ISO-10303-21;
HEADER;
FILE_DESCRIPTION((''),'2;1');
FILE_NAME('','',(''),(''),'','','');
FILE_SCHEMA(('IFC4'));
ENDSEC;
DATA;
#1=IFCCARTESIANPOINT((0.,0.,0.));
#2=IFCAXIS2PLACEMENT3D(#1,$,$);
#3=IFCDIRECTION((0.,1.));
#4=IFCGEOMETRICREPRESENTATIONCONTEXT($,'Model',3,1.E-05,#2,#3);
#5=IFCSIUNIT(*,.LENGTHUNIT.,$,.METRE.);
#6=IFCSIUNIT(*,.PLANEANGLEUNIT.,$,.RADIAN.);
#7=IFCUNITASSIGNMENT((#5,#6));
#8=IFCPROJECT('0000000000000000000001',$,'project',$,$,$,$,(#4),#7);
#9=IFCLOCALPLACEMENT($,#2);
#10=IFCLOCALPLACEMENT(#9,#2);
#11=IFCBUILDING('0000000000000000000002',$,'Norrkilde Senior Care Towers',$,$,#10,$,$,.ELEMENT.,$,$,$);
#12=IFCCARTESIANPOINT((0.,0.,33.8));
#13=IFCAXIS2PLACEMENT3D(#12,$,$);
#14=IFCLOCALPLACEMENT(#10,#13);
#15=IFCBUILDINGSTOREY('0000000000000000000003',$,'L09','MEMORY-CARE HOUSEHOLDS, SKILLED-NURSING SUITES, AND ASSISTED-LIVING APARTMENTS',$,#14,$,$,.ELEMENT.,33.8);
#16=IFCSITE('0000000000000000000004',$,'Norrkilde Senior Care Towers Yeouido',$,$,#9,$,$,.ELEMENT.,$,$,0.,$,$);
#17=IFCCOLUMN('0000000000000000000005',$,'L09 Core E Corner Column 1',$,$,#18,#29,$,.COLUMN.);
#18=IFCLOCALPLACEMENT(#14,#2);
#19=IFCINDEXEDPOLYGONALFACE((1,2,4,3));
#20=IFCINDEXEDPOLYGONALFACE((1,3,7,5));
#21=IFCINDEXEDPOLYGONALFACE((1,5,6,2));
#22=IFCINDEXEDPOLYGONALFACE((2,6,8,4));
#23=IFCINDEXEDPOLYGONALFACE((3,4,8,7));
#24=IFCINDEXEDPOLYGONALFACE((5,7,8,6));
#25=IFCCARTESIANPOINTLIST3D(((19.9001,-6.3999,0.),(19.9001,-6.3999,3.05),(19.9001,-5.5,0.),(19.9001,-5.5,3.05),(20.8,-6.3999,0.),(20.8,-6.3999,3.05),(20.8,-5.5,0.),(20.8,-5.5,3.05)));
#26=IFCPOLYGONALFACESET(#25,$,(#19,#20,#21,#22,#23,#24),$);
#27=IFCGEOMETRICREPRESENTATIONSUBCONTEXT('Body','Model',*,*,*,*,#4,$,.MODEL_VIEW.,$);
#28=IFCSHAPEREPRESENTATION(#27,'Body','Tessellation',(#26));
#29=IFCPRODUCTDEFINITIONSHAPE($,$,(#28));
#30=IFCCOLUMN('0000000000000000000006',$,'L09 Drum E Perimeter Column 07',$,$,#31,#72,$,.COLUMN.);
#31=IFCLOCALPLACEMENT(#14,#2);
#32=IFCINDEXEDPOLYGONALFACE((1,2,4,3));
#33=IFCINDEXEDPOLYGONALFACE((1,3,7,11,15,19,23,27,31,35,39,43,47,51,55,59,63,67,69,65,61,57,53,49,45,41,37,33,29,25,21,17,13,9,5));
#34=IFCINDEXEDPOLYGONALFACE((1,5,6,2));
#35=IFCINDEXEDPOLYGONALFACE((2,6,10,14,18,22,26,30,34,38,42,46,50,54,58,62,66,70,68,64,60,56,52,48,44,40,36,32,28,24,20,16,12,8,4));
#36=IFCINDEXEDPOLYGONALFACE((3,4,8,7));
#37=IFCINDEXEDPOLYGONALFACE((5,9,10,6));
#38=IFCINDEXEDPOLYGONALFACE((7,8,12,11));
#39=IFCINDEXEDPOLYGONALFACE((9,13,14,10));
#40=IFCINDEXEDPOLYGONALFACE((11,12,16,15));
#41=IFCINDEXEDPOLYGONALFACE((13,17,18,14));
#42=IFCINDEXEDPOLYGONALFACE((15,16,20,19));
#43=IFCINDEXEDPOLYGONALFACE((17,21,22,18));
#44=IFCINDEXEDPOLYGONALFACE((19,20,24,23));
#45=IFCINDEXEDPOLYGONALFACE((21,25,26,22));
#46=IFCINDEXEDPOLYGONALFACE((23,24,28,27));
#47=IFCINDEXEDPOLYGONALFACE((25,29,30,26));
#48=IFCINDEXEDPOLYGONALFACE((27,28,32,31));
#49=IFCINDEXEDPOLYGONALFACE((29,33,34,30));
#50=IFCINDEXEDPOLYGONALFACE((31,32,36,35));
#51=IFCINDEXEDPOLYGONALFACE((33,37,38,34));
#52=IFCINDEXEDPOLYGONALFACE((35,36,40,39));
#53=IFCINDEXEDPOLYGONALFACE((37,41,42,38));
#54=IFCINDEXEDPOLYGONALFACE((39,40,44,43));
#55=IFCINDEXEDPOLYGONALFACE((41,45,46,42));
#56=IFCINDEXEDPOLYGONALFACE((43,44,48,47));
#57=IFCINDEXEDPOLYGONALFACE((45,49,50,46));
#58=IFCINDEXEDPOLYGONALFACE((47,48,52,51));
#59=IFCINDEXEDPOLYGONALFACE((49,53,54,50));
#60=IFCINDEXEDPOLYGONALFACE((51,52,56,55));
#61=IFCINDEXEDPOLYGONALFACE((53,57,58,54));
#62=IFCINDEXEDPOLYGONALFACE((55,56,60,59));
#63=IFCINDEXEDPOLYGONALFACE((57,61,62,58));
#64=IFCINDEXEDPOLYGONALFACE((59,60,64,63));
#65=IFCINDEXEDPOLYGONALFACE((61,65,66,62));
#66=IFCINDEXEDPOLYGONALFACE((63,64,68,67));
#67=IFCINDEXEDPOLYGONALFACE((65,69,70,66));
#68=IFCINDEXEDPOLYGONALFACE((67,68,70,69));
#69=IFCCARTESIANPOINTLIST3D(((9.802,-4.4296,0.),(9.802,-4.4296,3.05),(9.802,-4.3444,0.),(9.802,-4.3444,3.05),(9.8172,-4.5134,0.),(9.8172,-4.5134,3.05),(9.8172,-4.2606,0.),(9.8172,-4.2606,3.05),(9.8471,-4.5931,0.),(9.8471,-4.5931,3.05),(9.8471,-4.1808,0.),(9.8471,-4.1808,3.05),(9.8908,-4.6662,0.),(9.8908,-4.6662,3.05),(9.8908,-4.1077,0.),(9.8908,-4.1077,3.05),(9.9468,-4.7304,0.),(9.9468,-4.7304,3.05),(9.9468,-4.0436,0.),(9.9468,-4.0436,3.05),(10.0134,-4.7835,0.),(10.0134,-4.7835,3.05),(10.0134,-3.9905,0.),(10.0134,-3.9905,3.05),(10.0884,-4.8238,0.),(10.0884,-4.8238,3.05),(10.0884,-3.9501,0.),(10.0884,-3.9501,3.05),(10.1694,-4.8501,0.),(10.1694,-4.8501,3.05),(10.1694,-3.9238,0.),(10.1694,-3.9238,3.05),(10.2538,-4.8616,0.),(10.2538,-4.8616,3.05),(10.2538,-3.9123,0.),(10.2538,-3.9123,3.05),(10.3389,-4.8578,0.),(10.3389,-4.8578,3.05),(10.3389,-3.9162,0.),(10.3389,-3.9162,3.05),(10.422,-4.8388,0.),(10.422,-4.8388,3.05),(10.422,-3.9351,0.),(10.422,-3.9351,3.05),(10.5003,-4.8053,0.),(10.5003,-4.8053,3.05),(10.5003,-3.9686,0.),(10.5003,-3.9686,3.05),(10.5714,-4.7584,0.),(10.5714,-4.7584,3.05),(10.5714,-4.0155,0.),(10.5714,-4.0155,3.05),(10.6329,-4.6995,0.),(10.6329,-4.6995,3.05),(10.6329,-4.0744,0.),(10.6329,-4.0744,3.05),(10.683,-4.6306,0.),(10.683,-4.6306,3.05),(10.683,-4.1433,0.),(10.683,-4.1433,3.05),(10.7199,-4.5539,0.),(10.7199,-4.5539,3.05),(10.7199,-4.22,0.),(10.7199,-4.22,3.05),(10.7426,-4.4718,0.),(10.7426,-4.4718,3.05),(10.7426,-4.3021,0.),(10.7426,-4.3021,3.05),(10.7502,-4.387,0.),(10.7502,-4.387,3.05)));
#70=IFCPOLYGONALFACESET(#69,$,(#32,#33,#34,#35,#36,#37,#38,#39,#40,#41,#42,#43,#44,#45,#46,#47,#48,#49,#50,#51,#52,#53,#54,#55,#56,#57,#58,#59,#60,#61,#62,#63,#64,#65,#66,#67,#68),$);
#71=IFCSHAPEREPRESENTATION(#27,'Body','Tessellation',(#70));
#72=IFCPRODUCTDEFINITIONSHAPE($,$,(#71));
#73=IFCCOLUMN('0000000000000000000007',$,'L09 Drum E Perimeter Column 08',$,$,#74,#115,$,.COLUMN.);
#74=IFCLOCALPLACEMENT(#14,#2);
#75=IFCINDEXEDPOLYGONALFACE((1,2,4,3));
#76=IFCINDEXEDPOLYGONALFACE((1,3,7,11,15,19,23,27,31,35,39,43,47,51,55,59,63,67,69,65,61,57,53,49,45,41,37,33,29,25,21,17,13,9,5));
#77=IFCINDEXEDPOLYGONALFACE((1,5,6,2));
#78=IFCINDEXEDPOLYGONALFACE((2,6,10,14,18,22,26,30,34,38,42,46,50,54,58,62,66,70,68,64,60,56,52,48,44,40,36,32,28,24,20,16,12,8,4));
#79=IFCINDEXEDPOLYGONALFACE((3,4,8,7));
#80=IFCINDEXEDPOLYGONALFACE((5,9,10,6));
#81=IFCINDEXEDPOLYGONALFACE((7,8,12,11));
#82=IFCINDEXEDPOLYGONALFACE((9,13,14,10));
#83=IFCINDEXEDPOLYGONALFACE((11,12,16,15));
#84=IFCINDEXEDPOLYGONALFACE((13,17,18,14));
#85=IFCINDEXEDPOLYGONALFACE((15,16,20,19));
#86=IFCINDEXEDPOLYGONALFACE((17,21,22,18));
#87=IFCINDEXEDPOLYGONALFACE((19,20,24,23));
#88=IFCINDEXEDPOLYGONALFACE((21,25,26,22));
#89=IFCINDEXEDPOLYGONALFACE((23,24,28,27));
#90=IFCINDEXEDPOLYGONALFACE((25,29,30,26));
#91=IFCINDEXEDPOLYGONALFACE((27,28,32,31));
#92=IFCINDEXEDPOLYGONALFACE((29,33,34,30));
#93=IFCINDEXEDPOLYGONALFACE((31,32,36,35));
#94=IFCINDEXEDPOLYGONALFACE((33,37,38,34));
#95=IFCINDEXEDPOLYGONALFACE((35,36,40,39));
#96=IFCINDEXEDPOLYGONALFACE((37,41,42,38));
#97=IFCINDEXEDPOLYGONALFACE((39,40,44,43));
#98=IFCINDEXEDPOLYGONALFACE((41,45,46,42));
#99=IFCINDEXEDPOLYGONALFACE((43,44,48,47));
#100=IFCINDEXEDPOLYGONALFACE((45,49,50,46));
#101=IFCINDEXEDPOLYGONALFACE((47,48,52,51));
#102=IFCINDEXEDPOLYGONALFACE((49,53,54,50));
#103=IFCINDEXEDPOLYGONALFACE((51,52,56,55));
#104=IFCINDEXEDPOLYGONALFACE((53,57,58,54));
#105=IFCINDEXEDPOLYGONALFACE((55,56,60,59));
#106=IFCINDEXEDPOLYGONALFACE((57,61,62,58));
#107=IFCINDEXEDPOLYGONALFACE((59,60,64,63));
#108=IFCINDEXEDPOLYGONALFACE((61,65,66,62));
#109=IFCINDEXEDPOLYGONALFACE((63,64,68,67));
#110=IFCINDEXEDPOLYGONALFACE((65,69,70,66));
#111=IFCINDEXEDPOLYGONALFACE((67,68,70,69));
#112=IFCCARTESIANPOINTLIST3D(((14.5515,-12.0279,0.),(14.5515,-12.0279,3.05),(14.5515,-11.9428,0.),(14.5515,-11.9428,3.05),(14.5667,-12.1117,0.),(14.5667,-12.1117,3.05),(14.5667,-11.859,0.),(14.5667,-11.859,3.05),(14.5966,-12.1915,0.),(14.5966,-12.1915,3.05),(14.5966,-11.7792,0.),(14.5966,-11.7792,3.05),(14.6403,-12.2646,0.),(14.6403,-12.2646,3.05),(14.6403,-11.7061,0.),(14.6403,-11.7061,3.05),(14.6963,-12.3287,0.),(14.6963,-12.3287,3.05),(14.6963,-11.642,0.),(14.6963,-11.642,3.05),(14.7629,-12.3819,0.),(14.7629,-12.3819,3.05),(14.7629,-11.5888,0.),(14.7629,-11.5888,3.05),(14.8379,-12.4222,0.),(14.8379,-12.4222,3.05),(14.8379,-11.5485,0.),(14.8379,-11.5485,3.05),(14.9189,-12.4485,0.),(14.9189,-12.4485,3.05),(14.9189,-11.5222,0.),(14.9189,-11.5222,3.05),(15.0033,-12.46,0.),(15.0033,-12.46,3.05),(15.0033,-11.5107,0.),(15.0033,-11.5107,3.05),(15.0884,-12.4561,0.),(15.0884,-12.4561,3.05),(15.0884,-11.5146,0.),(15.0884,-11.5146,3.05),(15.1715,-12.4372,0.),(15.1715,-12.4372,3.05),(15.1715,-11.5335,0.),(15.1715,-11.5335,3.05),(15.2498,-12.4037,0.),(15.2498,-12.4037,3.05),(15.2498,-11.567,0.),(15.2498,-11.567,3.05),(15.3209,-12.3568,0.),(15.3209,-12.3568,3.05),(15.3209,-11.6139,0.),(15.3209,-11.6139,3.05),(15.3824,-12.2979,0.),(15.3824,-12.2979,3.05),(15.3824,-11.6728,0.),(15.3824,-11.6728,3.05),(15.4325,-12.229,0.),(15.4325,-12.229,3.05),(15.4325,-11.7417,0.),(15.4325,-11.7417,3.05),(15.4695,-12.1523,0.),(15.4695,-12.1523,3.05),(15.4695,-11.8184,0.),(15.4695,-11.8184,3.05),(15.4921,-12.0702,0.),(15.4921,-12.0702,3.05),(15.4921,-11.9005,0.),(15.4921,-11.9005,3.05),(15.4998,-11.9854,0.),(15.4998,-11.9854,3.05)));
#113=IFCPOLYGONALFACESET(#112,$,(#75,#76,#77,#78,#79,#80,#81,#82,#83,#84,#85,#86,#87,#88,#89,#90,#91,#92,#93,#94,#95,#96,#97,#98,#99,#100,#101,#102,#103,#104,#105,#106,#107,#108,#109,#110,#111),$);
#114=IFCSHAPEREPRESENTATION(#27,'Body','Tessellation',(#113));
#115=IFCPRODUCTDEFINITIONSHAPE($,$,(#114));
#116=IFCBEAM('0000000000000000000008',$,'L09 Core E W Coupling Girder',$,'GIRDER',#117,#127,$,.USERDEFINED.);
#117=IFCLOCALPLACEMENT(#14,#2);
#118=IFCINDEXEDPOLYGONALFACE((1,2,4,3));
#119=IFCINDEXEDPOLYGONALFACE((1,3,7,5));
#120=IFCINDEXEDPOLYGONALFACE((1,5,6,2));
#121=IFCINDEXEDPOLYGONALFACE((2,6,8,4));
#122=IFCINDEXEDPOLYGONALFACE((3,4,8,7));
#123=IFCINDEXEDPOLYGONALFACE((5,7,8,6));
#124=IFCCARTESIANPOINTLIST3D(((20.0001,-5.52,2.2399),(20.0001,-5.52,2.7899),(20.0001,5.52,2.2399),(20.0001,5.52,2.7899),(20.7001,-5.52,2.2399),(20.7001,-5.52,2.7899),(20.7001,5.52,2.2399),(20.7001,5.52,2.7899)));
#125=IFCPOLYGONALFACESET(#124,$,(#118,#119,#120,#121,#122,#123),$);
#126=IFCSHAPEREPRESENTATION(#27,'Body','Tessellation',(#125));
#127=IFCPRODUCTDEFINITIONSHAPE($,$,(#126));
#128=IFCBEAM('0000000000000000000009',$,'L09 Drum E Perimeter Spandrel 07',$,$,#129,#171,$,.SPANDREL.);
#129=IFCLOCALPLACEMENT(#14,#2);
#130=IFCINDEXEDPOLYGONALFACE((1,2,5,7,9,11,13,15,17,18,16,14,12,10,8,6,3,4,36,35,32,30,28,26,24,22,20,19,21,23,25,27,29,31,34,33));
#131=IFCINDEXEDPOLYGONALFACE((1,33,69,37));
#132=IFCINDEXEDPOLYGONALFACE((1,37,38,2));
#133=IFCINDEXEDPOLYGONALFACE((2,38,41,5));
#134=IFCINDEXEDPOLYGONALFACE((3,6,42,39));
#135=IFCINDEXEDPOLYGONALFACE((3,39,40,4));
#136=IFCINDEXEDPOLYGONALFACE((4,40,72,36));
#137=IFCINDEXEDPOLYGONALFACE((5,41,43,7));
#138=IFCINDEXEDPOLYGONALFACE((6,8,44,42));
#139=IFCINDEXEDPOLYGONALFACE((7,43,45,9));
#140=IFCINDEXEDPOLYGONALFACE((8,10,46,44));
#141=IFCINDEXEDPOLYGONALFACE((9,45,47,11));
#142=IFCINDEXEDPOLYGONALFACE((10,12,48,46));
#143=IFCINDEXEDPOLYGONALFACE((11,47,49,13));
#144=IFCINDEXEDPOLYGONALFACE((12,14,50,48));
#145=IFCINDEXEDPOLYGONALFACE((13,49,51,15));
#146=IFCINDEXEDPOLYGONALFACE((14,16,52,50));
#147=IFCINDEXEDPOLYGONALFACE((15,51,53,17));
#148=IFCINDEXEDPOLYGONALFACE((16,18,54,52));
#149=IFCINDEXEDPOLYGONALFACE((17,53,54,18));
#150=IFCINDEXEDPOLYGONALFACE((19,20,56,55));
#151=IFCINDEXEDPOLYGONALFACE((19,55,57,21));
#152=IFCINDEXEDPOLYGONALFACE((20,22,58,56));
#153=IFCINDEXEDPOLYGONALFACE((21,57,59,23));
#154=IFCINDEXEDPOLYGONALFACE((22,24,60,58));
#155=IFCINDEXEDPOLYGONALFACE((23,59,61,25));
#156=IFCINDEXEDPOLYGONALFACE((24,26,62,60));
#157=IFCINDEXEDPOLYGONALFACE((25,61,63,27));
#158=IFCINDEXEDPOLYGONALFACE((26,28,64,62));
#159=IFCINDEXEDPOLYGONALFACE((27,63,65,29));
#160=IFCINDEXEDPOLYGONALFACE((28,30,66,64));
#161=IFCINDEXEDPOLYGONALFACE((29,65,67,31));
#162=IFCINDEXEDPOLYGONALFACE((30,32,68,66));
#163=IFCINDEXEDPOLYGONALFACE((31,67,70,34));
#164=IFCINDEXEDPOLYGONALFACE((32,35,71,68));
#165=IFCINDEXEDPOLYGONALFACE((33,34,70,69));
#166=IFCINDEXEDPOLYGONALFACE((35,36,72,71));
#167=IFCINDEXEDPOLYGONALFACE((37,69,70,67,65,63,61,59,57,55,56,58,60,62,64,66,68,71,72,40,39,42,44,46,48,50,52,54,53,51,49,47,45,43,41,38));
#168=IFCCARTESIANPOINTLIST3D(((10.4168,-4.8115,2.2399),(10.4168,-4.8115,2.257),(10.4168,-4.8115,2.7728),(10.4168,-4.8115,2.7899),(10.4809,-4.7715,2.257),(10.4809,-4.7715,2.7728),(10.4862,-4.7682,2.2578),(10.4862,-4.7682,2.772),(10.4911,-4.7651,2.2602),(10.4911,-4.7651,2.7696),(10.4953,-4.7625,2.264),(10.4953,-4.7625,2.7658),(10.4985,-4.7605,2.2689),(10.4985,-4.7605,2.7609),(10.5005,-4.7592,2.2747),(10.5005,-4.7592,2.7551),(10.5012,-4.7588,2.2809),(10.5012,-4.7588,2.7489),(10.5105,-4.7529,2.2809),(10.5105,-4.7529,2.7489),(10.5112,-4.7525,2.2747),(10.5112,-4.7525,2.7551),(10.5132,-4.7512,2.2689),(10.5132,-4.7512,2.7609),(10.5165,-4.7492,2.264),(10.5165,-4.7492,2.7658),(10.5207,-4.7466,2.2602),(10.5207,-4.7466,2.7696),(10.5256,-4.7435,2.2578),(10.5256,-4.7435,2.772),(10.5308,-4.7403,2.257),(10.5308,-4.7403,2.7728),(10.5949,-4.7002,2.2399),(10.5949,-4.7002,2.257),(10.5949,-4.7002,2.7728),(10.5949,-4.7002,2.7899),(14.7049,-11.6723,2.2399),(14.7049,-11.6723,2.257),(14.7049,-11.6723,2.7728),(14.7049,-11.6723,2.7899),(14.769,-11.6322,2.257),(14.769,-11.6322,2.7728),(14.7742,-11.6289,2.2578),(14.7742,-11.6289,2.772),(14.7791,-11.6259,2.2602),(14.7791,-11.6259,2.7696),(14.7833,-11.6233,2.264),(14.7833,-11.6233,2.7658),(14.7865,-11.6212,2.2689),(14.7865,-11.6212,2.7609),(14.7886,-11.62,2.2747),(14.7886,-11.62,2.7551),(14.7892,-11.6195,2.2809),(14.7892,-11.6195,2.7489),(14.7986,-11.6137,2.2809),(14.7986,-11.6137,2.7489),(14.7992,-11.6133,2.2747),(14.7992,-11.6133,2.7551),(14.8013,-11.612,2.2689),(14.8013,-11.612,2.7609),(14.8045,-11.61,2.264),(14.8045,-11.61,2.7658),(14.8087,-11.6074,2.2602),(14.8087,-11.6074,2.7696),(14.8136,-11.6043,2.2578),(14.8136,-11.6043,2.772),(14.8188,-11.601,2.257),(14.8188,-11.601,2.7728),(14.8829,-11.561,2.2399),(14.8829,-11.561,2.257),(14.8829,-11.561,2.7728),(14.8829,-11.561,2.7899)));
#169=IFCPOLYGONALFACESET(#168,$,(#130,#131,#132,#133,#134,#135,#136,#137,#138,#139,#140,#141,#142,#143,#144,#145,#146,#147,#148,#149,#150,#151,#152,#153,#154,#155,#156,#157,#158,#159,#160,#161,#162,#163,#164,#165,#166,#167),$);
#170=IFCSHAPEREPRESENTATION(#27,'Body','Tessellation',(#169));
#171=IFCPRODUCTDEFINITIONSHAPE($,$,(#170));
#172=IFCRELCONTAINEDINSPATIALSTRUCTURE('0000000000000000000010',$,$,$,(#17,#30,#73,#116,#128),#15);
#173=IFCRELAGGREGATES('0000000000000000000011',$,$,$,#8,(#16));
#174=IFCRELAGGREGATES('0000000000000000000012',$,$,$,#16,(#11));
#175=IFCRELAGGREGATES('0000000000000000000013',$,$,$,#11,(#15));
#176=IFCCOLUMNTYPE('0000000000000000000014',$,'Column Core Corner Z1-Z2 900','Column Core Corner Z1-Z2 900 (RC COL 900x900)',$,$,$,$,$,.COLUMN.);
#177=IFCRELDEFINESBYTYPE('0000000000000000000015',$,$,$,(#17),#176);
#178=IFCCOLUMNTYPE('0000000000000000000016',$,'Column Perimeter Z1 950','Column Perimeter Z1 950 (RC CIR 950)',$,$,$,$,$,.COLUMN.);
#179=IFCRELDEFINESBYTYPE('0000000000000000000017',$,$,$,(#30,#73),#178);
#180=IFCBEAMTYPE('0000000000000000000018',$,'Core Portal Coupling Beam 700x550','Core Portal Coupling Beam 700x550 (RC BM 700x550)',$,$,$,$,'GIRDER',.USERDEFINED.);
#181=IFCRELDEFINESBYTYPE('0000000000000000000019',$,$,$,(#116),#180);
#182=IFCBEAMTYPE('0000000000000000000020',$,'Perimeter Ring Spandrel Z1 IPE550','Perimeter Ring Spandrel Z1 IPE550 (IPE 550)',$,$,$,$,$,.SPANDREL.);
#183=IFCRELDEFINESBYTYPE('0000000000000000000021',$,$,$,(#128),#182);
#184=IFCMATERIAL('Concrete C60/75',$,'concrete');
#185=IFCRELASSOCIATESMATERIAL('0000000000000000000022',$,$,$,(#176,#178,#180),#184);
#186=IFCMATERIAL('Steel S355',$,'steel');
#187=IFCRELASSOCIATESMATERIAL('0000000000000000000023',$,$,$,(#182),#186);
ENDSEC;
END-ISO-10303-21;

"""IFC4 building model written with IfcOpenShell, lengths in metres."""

from ifc_helpers import new_model, si_unit, direction, frame, origin, origin_2d, place, context, subcontext, project, spatial, rectangle, circle, i_section, extrude, source, transform, mapped, material, material_profile, profile_set, type_object, type_shapes, element, save


model = new_model("IFC4")

# Units and contexts
model_context = context("Model", 3, precision=1e-05, world=origin(), true_north=direction((0.0, 1.0)))
body_context = subcontext(model_context, "Body", "Model", "MODEL_VIEW")
ifc_project = project(units=[si_unit("LENGTHUNIT", "METRE"), si_unit("PLANEANGLEUNIT", "RADIAN")], contexts=[model_context])

# Site, building, storey
site_placement = place(None, origin())
site = spatial("IfcSite", under=ifc_project, at=site_placement, Name="Norrkilde Senior Care Towers Yeouido", CompositionType="ELEMENT", RefElevation=0.0)
building_placement = place(site_placement, origin())
building = spatial("IfcBuilding", under=site, at=building_placement, Name="Norrkilde Senior Care Towers", CompositionType="ELEMENT")
storey_placement = place(building_placement, frame((0.0, 0.0, 33.8)))
storey = spatial("IfcBuildingStorey", under=building, at=storey_placement, Name="L09", Description="MEMORY-CARE HOUSEHOLDS, SKILLED-NURSING SUITES, AND ASSISTED-LIVING APARTMENTS", CompositionType="ELEMENT", Elevation=33.8)

# Columns
ifc_material_1 = material(Name="Concrete C60/75", Category="concrete")
ifc_material_profile_1 = material_profile(ifc_material_1, rectangle(XDim=0.8999, YDim=0.8999, at=origin_2d()), Name="RC COL 900x900")
ifc_profile_set_1 = profile_set([ifc_material_profile_1], Name="Concrete C60/75")
column_type_1 = type_object("IfcColumnType", Name="Column Core Corner Z1-Z2 900", Description="Column Core Corner Z1-Z2 900 (RC COL 900x900)", PredefinedType="COLUMN", material=ifc_profile_set_1)
shared_shape_1 = source(origin(), body_context, "Body", "SweptSolid", [
    extrude(rectangle(XDim=0.8999, YDim=0.8999, at=origin_2d()), origin(), (0.0, 0.0, 1.0), 3.05),
])
type_shapes(column_type_1, [shared_shape_1])
column_placement = place(storey_placement, frame((20.3501, -5.95, 0.0), z_axis=(0.0, 0.0, 1.0), x_axis=(1.0, 0.0, 0.0)))
element("IfcColumn", 1, at=column_placement, inside=storey, type_object=column_type_1, Name="L09 Core E Corner Column 1", PredefinedType="COLUMN", context=body_context, shape_type="MappedRepresentation", body=[
    mapped(shared_shape_1, transform((0.0, 0.0, 0.0), x_axis=(1.0, 0.0, 0.0), y_axis=(0.0, 1.0, 0.0), z_axis=(0.0, 0.0, 1.0), scale=1.0)),
])
ifc_material_profile_2 = material_profile(ifc_material_1, circle(Radius=0.4751, at=origin_2d()), Name="RC CIR 950")
ifc_profile_set_2 = profile_set([ifc_material_profile_2], Name="Concrete C60/75")
column_type_2 = type_object("IfcColumnType", Name="Column Perimeter Z1 950", Description="Column Perimeter Z1 950 (RC CIR 950)", PredefinedType="COLUMN", material=ifc_profile_set_2)
shared_shape_2 = source(origin(), body_context, "Body", "SweptSolid", [
    extrude(circle(Radius=0.4751, at=origin_2d()), origin(), (0.0, 0.0, 1.0), 3.05),
])
type_shapes(column_type_2, [shared_shape_2])
for number, where, z_axis, x_axis, name in (
    (2, (10.2751, -4.387, 0.0), (0.0, 0.0, 1.0), (1.0, 0.0, 0.0), "L09 Drum E Perimeter Column 07"),
    (3, (15.0247, -11.9854, 0.0), (0.0, 0.0, 1.0), (1.0, 0.0, 0.0), "L09 Drum E Perimeter Column 08"),
):
    element("IfcColumn", number, at=place(storey_placement, frame(where, z_axis=z_axis, x_axis=x_axis)), inside=storey, type_object=column_type_2, Name=name, PredefinedType="COLUMN", context=body_context, shape_type="MappedRepresentation", body=[
        mapped(shared_shape_2, transform((0.0, 0.0, 0.0), x_axis=(1.0, 0.0, 0.0), y_axis=(0.0, 1.0, 0.0), z_axis=(0.0, 0.0, 1.0), scale=1.0)),
    ])

# Beams
ifc_material_profile_3 = material_profile(ifc_material_1, rectangle(XDim=0.7, YDim=0.55, at=origin_2d()), Name="RC BM 700x550")
ifc_profile_set_3 = profile_set([ifc_material_profile_3], Name="Concrete C60/75")
beam_type_1 = type_object("IfcBeamType", Name="Core Portal Coupling Beam 700x550", Description="Core Portal Coupling Beam 700x550 (RC BM 700x550)", ElementType="GIRDER", PredefinedType="USERDEFINED", material=ifc_profile_set_3)
shared_shape_3 = source(origin(), body_context, "Body", "SweptSolid", [
    extrude(rectangle(XDim=0.7, YDim=0.55, at=origin_2d()), origin(), (0.0, 0.0, 1.0), 11.04),
])
type_shapes(beam_type_1, [shared_shape_3])
beam_1_placement = place(storey_placement, frame((20.3501, -5.52, 2.5149), z_axis=(0.0, 1.0, 0.0), x_axis=(-1.0, 0.0, 0.0)))
element("IfcBeam", 4, at=beam_1_placement, inside=storey, type_object=beam_type_1, Name="L09 Core E W Coupling Girder", ObjectType="GIRDER", PredefinedType="USERDEFINED", context=body_context, shape_type="MappedRepresentation", body=[
    mapped(shared_shape_3, transform((0.0, 0.0, 0.0), x_axis=(1.0, 0.0, 0.0), y_axis=(0.0, 1.0, 0.0), z_axis=(0.0, 0.0, 1.0), scale=1.0)),
])
ifc_material_2 = material(Name="Steel S355", Category="steel")
ifc_material_profile_4 = material_profile(ifc_material_2, i_section(OverallWidth=0.21, OverallDepth=0.55, WebThickness=0.011, FlangeThickness=0.0171, FilletRadius=0.0239, at=origin_2d()), Name="IPE 550")
ifc_profile_set_4 = profile_set([ifc_material_profile_4], Name="Steel S355")
beam_type_2 = type_object("IfcBeamType", Name="Perimeter Ring Spandrel Z1 IPE550", Description="Perimeter Ring Spandrel Z1 IPE550 (IPE 550)", PredefinedType="SPANDREL", material=ifc_profile_set_4)
shared_shape_4 = source(origin(), body_context, "Body", "SweptSolid", [
    extrude(i_section(OverallWidth=0.21, OverallDepth=0.55, WebThickness=0.011, FlangeThickness=0.0171, FilletRadius=0.0239, at=origin_2d()), origin(), (0.0, 0.0, 1.0), 8.0906),
])
beam_2_placement = place(storey_placement, frame((10.5059, -4.7559, 2.5149), z_axis=(0.530004, -0.847995, 0.0), x_axis=(0.847995, 0.530004, 0.0)))
element("IfcBeam", 5, at=beam_2_placement, inside=storey, type_object=beam_type_2, Name="L09 Drum E Perimeter Spandrel 07", PredefinedType="SPANDREL", context=body_context, shape_type="MappedRepresentation", body=[
    mapped(shared_shape_4, transform((0.0, 0.0, 0.0), x_axis=(1.0, 0.0, 0.0), y_axis=(0.0, 1.0, 0.0), z_axis=(0.0, 0.0, 1.0), scale=1.0)),
])

save(model, "model.ifc")
